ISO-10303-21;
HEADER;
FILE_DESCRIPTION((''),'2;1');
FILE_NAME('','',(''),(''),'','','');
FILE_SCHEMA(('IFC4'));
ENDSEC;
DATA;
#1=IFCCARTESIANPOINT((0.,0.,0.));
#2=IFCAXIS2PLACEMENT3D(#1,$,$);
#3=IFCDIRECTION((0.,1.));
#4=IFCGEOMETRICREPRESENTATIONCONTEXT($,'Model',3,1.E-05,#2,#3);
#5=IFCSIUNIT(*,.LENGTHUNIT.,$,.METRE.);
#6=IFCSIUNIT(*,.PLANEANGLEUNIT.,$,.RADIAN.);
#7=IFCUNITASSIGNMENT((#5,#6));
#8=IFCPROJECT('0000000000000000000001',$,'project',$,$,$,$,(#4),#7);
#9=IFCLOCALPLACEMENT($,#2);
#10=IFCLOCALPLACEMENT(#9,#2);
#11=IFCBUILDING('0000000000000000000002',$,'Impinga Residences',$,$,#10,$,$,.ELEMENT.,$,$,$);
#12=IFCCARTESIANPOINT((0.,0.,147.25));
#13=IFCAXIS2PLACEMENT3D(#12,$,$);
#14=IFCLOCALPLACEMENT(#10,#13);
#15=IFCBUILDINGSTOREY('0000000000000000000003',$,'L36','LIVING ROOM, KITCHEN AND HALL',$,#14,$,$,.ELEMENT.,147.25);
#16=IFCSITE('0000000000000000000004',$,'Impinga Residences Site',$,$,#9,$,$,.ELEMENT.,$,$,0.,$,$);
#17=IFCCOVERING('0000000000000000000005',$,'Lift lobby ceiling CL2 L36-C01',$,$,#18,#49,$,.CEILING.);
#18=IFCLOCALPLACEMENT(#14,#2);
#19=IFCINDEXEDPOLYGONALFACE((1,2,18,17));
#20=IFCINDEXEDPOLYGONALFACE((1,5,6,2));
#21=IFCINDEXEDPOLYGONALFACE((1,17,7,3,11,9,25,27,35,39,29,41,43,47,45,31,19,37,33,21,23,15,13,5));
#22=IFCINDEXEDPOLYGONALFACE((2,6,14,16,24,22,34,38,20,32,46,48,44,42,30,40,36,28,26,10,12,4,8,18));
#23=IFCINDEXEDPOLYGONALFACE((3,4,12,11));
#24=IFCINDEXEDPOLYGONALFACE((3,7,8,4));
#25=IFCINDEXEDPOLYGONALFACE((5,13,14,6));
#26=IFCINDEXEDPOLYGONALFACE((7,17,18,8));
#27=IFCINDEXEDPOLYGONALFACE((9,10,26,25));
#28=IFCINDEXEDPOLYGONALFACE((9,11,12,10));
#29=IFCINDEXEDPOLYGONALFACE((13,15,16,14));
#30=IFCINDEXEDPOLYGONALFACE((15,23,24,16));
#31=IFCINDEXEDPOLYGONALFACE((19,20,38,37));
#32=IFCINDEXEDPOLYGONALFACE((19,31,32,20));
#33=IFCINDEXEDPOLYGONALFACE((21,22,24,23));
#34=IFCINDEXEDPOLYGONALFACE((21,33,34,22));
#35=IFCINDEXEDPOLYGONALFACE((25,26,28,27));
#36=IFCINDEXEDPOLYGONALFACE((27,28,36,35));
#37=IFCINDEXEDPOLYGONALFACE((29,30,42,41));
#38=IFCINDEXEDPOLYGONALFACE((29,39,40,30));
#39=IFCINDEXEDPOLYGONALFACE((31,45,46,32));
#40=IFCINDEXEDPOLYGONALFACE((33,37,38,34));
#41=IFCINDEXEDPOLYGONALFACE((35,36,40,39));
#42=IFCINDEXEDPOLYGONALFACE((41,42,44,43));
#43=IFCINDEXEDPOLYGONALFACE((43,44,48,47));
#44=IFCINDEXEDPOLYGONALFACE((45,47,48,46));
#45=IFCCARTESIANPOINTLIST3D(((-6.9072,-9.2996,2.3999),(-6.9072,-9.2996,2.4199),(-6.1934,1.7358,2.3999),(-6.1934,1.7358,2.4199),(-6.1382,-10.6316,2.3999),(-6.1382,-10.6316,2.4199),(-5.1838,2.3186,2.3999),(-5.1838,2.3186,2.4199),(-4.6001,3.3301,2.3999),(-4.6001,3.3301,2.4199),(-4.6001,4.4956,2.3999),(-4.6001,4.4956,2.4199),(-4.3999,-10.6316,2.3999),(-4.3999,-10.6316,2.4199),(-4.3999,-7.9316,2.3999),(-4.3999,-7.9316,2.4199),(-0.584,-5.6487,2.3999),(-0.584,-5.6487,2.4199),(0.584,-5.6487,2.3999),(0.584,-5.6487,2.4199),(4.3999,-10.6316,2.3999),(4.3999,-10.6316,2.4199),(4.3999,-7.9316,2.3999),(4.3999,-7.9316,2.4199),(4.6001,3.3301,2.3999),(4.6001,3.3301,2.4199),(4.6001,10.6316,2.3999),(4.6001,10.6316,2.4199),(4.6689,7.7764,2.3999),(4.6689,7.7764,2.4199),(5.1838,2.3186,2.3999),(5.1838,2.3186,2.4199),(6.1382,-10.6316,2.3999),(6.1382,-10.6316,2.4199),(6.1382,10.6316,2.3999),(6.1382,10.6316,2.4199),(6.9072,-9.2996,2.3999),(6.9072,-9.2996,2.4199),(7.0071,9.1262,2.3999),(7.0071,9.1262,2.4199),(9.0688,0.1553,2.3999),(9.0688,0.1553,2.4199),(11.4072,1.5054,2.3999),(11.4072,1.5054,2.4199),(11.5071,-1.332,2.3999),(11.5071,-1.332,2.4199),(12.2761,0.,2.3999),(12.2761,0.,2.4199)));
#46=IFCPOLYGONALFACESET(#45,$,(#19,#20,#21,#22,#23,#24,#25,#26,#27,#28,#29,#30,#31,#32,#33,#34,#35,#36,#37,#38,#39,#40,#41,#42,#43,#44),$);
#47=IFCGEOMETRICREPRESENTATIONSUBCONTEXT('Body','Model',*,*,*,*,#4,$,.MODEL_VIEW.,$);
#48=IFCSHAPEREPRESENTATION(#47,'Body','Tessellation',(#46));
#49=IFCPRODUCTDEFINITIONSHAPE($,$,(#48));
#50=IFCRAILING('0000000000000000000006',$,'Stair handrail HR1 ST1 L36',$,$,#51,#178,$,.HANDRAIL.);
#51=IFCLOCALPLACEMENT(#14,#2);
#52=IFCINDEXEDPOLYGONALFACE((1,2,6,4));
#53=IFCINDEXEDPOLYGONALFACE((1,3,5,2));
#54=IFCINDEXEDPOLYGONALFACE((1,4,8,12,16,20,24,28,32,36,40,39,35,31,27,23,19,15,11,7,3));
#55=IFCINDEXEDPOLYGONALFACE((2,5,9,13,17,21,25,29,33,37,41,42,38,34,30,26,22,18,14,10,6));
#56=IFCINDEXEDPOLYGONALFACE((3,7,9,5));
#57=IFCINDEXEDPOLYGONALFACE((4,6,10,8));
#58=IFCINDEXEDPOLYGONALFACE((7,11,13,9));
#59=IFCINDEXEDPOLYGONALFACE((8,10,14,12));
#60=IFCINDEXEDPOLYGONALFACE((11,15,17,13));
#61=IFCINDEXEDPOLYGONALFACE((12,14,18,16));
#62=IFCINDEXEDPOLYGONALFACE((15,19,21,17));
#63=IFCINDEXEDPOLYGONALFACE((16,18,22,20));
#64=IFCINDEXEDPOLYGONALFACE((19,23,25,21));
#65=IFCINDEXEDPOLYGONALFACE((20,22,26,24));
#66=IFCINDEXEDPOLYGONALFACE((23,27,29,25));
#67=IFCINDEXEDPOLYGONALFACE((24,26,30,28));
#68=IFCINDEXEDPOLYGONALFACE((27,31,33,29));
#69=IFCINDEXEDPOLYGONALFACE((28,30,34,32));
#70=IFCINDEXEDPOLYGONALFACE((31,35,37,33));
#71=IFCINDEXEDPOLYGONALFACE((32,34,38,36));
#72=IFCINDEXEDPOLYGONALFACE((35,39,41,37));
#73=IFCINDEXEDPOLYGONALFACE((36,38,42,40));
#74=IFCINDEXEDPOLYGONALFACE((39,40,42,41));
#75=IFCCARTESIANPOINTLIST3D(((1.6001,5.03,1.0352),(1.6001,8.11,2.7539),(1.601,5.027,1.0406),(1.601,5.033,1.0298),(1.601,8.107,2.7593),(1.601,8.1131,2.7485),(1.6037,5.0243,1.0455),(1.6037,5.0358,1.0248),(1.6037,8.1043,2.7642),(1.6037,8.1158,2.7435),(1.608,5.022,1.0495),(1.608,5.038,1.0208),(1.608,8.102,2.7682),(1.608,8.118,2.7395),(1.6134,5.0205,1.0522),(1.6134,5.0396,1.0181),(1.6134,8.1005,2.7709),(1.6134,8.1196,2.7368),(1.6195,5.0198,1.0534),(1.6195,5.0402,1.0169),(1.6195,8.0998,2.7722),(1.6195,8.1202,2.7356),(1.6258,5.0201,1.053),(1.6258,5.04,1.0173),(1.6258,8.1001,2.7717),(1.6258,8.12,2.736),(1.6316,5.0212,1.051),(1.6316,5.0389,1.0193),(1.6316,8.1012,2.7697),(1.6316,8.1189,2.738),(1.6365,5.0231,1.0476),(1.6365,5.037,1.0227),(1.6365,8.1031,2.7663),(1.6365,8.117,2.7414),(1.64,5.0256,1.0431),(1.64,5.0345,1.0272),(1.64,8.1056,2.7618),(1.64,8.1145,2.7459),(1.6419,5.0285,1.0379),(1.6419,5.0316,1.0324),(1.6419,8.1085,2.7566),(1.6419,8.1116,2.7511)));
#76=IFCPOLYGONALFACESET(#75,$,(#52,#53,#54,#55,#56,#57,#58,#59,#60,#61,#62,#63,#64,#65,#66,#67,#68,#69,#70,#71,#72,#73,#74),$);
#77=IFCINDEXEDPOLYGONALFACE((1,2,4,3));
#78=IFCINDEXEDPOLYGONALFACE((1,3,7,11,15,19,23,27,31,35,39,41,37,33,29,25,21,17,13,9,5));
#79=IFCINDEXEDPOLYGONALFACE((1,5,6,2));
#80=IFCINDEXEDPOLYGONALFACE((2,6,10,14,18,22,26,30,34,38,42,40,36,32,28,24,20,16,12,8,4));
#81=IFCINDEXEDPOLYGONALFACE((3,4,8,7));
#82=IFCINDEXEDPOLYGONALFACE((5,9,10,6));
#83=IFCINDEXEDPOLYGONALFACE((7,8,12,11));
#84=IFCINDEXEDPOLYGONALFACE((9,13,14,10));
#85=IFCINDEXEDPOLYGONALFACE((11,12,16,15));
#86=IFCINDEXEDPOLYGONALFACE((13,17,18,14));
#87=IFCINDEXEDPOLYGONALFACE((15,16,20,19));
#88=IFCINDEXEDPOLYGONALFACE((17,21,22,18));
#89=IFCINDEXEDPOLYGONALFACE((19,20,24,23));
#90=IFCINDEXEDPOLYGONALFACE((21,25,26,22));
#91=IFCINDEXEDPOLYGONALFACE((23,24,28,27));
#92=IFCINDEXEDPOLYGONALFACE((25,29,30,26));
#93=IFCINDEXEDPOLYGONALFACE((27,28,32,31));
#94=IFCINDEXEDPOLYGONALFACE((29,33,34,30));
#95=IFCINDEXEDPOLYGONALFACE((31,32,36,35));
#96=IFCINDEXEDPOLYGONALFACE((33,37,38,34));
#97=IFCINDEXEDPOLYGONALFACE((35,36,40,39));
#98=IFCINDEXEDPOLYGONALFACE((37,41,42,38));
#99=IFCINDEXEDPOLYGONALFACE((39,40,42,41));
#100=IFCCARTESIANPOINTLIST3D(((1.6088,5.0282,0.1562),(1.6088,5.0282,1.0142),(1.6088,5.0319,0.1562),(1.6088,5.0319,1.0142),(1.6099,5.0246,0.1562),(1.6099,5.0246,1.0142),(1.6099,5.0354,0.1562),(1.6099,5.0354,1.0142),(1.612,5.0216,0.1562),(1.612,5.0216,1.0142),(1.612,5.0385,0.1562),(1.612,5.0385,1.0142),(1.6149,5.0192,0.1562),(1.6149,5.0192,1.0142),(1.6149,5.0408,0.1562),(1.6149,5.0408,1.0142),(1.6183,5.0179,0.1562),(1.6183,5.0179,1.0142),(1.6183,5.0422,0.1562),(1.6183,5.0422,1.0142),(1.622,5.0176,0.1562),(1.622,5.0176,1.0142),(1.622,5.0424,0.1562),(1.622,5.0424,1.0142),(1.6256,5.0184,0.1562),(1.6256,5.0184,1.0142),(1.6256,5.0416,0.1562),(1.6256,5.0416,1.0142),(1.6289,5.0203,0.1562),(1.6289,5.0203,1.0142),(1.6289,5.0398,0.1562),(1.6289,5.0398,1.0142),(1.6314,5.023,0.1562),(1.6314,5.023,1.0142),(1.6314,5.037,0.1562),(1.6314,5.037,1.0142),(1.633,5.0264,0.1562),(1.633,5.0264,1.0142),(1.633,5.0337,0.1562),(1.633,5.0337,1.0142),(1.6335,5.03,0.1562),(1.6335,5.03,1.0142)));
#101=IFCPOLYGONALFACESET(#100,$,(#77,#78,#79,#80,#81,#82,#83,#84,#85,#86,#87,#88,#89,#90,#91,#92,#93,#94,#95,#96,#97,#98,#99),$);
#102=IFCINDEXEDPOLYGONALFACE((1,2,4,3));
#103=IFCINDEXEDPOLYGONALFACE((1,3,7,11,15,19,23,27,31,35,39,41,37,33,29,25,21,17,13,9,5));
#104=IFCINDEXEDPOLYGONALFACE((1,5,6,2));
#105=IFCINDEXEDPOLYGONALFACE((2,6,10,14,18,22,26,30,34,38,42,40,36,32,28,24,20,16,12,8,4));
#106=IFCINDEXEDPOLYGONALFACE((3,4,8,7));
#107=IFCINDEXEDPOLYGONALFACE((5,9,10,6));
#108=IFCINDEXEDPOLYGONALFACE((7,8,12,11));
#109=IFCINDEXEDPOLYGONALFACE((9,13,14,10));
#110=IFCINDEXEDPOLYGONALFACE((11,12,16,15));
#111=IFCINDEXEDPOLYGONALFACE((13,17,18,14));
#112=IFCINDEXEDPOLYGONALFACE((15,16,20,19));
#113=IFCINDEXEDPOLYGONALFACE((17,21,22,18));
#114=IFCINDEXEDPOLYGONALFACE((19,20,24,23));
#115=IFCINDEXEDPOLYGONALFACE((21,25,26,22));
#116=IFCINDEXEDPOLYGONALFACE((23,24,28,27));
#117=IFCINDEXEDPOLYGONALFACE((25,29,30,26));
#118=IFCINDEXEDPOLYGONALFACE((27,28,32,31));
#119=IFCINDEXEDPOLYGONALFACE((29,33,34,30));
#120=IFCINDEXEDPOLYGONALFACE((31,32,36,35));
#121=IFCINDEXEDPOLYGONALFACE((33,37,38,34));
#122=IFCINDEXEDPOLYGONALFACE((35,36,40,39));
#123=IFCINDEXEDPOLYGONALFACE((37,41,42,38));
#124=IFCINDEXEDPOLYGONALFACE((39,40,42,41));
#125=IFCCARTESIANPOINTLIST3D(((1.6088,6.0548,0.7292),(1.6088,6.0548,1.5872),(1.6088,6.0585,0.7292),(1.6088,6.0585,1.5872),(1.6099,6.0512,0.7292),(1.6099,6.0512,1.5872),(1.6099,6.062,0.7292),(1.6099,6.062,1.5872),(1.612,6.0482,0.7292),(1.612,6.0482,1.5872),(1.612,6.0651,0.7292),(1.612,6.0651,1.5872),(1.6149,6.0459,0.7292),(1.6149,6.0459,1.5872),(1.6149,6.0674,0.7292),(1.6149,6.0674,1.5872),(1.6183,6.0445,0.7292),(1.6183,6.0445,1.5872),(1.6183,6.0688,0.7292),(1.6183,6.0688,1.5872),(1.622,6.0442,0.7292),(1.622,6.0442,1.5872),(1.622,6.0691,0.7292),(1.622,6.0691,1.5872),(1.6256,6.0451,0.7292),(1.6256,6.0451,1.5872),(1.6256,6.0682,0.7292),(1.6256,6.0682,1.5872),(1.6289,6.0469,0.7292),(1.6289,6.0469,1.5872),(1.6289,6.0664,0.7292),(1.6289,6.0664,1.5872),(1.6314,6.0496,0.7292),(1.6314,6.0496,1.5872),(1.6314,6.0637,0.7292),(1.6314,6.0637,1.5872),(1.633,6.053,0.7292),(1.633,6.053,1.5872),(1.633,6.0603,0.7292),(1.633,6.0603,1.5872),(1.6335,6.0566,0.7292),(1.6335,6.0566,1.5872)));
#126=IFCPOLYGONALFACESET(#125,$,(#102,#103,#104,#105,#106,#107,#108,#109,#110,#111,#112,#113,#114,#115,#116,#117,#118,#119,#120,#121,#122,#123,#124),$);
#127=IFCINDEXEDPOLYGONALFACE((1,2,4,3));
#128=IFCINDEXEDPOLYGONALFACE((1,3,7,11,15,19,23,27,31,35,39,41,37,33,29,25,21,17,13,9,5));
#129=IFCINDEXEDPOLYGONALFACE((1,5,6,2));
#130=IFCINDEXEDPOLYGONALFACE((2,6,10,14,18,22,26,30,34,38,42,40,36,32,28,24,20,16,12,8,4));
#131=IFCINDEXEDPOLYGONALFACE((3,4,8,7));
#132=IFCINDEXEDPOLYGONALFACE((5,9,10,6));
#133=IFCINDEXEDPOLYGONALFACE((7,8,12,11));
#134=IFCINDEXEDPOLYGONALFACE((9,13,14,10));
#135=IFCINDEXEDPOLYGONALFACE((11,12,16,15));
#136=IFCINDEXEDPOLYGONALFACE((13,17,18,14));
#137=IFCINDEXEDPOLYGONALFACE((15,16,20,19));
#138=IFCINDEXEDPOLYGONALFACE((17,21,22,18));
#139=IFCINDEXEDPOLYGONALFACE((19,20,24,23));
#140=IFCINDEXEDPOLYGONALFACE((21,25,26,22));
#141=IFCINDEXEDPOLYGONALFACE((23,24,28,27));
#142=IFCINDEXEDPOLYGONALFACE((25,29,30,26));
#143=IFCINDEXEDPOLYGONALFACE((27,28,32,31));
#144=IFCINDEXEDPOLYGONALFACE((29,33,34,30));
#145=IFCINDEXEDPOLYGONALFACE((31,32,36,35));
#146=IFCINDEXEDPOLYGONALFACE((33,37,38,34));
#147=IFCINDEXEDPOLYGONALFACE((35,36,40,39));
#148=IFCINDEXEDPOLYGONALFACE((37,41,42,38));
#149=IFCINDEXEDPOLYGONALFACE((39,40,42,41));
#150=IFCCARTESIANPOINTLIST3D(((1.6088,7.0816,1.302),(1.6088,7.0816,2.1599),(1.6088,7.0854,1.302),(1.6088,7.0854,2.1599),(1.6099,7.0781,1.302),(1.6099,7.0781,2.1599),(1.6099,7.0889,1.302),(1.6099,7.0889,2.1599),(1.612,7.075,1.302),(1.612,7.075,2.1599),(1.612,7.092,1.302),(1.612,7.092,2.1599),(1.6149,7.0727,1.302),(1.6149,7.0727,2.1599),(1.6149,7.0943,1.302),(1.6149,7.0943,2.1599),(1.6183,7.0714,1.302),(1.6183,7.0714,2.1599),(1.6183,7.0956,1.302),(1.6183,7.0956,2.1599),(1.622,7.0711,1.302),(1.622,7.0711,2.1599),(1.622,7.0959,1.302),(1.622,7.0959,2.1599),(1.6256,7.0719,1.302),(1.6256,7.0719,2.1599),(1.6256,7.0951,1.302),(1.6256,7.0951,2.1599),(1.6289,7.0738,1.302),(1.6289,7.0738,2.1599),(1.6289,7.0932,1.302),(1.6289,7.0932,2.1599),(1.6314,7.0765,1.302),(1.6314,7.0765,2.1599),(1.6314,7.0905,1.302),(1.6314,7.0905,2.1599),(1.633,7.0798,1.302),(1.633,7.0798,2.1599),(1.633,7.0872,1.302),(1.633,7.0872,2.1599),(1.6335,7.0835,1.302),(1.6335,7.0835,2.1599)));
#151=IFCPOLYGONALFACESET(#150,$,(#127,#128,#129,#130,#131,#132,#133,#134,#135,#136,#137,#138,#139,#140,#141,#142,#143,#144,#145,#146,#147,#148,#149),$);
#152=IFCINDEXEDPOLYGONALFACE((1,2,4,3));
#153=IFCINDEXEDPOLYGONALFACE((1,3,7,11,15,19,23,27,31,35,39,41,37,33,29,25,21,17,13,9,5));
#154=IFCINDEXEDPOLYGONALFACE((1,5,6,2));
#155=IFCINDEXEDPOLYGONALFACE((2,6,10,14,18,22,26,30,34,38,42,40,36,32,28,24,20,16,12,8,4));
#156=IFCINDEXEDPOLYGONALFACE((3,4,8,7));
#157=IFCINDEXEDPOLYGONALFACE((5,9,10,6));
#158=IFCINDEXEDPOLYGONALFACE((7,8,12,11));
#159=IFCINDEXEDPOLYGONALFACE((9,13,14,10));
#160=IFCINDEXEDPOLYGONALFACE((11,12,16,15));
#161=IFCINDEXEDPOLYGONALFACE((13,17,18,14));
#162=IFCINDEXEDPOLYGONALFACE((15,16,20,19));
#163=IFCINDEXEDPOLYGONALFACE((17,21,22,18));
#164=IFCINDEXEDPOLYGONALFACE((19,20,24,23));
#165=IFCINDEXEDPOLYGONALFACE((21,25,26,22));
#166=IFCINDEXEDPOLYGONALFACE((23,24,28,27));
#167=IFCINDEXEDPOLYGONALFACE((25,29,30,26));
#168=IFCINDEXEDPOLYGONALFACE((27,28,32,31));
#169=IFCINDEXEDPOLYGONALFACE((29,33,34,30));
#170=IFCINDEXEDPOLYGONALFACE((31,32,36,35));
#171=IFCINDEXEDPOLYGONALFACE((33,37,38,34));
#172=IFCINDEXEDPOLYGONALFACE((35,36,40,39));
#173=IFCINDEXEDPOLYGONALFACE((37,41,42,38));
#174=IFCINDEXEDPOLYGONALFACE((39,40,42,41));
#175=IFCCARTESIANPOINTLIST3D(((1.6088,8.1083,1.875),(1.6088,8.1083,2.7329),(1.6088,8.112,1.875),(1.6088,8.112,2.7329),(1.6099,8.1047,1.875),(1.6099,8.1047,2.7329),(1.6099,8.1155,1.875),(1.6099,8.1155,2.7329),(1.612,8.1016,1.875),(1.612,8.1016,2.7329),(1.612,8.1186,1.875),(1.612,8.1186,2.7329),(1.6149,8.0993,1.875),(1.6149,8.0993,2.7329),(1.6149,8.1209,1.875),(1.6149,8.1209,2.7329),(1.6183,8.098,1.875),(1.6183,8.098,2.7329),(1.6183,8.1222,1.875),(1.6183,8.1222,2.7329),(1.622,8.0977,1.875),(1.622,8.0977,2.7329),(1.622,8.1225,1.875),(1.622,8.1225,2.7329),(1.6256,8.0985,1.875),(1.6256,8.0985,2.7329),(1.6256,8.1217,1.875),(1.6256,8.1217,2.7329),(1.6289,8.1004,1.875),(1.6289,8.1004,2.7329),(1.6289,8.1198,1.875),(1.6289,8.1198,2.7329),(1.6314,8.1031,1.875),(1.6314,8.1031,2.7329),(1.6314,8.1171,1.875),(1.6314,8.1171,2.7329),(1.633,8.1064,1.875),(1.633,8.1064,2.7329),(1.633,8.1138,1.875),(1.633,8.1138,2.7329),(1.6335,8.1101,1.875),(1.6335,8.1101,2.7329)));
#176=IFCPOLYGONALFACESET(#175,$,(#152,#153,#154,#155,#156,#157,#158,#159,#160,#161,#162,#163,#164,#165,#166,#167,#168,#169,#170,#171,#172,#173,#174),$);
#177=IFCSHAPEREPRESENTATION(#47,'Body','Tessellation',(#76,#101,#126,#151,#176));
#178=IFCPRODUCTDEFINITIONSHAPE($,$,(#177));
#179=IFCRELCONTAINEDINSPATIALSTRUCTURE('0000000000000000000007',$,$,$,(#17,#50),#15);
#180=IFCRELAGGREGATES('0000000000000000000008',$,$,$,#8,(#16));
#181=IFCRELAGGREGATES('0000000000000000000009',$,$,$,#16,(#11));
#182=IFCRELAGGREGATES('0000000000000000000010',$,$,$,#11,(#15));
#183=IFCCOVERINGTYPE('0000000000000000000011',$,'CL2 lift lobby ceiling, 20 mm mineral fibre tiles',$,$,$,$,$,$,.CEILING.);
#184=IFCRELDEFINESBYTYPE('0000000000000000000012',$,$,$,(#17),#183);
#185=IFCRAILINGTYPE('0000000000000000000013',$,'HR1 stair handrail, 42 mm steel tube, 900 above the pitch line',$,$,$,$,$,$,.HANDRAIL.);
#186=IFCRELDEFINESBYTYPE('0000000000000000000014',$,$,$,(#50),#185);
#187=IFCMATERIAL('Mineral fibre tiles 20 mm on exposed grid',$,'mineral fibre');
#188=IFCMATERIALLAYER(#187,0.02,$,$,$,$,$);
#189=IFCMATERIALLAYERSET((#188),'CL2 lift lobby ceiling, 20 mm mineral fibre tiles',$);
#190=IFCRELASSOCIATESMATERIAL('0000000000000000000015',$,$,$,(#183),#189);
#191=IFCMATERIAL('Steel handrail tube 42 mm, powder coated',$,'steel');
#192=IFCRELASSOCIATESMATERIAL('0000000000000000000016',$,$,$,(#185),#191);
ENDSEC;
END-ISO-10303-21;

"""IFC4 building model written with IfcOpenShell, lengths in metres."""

from ifc_helpers import new_model, si_unit, direction, frame, origin, origin_2d, place, context, subcontext, project, spatial, polyline, circle, outline, extrude, material, layer, layer_set, type_object, element, save


model = new_model("IFC4")

# Units and contexts
model_context = context("Model", 3, precision=1e-05, world=origin(), true_north=direction((0.0, 1.0)))
body_context = subcontext(model_context, "Body", "Model", "MODEL_VIEW")
ifc_project = project(units=[si_unit("LENGTHUNIT", "METRE"), si_unit("PLANEANGLEUNIT", "RADIAN")], contexts=[model_context])

# Site, building, storey
site_placement = place(None, origin())
site = spatial("IfcSite", under=ifc_project, at=site_placement, Name="Impinga Residences Site", CompositionType="ELEMENT", RefElevation=0.0)
building_placement = place(site_placement, origin())
building = spatial("IfcBuilding", under=site, at=building_placement, Name="Impinga Residences", CompositionType="ELEMENT")
storey_placement = place(building_placement, frame((0.0, 0.0, 147.25)))
storey = spatial("IfcBuildingStorey", under=building, at=storey_placement, Name="L36", Description="LIVING ROOM, KITCHEN AND HALL", CompositionType="ELEMENT", Elevation=147.25)

# Covering
ifc_material_1 = material(Name="Mineral fibre tiles 20 mm on exposed grid", Category="mineral fibre")
ifc_layer_1 = layer(ifc_material_1, 0.02)
ifc_layer_set_1 = layer_set([ifc_layer_1], Name="CL2 lift lobby ceiling, 20 mm mineral fibre tiles")
covering_type_1 = type_object("IfcCoveringType", Name="CL2 lift lobby ceiling, 20 mm mineral fibre tiles", PredefinedType="CEILING", material=ifc_layer_set_1)
covering_1_placement = place(storey_placement, frame((0.0, 0.0, 2.3999)))
element("IfcCovering", 1, at=covering_1_placement, inside=storey, type_object=covering_type_1, Name="Lift lobby ceiling CL2 L36-C01", PredefinedType="CEILING", context=body_context, shape_type="SweptSolid", body=[
    extrude(outline(polyline([(5.1838, 2.3186), (0.584, -5.6487), (6.9072, -9.2996), (6.1382, -10.6316), (4.3999, -10.6316), (4.3999, -7.9316), (-4.3999, -7.9316), (-4.3999, -10.6316), (-6.1382, -10.6316), (-6.9072, -9.2996), (-0.584, -5.6487), (-5.1838, 2.3186), (-6.1934, 1.7358), (-4.6001, 4.4956), (-4.6001, 3.3301), (4.6001, 3.3301), (4.6001, 10.6316), (6.1382, 10.6316), (7.0071, 9.1262), (4.6689, 7.7764), (9.0688, 0.1553), (11.4072, 1.5054), (12.2761, 0.0), (11.5071, -1.332), (5.1838, 2.3186)])), origin(), (0.0, 0.0, 1.0), 0.02),
])

# Railing
ifc_material_2 = material(Name="Steel handrail tube 42 mm, powder coated", Category="steel")
railing_type = type_object("IfcRailingType", Name="HR1 stair handrail, 42 mm steel tube, 900 above the pitch line", PredefinedType="HANDRAIL", material=ifc_material_2)
railing_placement = place(storey_placement, frame((1.6211, 5.03, 0.1562)))
element("IfcRailing", 2, at=railing_placement, inside=storey, type_object=railing_type, Name="Stair handrail HR1 ST1 L36", PredefinedType="HANDRAIL", context=body_context, shape_type="SweptSolid", body=[
    extrude(circle(Radius=0.021, at=origin_2d()), frame((0.0, 0.0, 0.8789), z_axis=(0.0, 0.873242, 0.487288), x_axis=(-1.0, 0.0, 0.0)), (0.0, 0.0, 1.0), 3.5271),
    extrude(circle(Radius=0.0125, at=origin_2d()), origin(), (0.0, 0.0, 1.0), 0.8579),
    extrude(circle(Radius=0.0125, at=origin_2d()), frame((0.0, 1.0266, 0.573)), (0.0, 0.0, 1.0), 0.8579),
    extrude(circle(Radius=0.0125, at=origin_2d()), frame((0.0, 2.0535, 1.1458)), (0.0, 0.0, 1.0), 0.8579),
    extrude(circle(Radius=0.0125, at=origin_2d()), frame((0.0, 3.0801, 1.7188)), (0.0, 0.0, 1.0), 0.8579),
])

save(model, "model.ifc")
